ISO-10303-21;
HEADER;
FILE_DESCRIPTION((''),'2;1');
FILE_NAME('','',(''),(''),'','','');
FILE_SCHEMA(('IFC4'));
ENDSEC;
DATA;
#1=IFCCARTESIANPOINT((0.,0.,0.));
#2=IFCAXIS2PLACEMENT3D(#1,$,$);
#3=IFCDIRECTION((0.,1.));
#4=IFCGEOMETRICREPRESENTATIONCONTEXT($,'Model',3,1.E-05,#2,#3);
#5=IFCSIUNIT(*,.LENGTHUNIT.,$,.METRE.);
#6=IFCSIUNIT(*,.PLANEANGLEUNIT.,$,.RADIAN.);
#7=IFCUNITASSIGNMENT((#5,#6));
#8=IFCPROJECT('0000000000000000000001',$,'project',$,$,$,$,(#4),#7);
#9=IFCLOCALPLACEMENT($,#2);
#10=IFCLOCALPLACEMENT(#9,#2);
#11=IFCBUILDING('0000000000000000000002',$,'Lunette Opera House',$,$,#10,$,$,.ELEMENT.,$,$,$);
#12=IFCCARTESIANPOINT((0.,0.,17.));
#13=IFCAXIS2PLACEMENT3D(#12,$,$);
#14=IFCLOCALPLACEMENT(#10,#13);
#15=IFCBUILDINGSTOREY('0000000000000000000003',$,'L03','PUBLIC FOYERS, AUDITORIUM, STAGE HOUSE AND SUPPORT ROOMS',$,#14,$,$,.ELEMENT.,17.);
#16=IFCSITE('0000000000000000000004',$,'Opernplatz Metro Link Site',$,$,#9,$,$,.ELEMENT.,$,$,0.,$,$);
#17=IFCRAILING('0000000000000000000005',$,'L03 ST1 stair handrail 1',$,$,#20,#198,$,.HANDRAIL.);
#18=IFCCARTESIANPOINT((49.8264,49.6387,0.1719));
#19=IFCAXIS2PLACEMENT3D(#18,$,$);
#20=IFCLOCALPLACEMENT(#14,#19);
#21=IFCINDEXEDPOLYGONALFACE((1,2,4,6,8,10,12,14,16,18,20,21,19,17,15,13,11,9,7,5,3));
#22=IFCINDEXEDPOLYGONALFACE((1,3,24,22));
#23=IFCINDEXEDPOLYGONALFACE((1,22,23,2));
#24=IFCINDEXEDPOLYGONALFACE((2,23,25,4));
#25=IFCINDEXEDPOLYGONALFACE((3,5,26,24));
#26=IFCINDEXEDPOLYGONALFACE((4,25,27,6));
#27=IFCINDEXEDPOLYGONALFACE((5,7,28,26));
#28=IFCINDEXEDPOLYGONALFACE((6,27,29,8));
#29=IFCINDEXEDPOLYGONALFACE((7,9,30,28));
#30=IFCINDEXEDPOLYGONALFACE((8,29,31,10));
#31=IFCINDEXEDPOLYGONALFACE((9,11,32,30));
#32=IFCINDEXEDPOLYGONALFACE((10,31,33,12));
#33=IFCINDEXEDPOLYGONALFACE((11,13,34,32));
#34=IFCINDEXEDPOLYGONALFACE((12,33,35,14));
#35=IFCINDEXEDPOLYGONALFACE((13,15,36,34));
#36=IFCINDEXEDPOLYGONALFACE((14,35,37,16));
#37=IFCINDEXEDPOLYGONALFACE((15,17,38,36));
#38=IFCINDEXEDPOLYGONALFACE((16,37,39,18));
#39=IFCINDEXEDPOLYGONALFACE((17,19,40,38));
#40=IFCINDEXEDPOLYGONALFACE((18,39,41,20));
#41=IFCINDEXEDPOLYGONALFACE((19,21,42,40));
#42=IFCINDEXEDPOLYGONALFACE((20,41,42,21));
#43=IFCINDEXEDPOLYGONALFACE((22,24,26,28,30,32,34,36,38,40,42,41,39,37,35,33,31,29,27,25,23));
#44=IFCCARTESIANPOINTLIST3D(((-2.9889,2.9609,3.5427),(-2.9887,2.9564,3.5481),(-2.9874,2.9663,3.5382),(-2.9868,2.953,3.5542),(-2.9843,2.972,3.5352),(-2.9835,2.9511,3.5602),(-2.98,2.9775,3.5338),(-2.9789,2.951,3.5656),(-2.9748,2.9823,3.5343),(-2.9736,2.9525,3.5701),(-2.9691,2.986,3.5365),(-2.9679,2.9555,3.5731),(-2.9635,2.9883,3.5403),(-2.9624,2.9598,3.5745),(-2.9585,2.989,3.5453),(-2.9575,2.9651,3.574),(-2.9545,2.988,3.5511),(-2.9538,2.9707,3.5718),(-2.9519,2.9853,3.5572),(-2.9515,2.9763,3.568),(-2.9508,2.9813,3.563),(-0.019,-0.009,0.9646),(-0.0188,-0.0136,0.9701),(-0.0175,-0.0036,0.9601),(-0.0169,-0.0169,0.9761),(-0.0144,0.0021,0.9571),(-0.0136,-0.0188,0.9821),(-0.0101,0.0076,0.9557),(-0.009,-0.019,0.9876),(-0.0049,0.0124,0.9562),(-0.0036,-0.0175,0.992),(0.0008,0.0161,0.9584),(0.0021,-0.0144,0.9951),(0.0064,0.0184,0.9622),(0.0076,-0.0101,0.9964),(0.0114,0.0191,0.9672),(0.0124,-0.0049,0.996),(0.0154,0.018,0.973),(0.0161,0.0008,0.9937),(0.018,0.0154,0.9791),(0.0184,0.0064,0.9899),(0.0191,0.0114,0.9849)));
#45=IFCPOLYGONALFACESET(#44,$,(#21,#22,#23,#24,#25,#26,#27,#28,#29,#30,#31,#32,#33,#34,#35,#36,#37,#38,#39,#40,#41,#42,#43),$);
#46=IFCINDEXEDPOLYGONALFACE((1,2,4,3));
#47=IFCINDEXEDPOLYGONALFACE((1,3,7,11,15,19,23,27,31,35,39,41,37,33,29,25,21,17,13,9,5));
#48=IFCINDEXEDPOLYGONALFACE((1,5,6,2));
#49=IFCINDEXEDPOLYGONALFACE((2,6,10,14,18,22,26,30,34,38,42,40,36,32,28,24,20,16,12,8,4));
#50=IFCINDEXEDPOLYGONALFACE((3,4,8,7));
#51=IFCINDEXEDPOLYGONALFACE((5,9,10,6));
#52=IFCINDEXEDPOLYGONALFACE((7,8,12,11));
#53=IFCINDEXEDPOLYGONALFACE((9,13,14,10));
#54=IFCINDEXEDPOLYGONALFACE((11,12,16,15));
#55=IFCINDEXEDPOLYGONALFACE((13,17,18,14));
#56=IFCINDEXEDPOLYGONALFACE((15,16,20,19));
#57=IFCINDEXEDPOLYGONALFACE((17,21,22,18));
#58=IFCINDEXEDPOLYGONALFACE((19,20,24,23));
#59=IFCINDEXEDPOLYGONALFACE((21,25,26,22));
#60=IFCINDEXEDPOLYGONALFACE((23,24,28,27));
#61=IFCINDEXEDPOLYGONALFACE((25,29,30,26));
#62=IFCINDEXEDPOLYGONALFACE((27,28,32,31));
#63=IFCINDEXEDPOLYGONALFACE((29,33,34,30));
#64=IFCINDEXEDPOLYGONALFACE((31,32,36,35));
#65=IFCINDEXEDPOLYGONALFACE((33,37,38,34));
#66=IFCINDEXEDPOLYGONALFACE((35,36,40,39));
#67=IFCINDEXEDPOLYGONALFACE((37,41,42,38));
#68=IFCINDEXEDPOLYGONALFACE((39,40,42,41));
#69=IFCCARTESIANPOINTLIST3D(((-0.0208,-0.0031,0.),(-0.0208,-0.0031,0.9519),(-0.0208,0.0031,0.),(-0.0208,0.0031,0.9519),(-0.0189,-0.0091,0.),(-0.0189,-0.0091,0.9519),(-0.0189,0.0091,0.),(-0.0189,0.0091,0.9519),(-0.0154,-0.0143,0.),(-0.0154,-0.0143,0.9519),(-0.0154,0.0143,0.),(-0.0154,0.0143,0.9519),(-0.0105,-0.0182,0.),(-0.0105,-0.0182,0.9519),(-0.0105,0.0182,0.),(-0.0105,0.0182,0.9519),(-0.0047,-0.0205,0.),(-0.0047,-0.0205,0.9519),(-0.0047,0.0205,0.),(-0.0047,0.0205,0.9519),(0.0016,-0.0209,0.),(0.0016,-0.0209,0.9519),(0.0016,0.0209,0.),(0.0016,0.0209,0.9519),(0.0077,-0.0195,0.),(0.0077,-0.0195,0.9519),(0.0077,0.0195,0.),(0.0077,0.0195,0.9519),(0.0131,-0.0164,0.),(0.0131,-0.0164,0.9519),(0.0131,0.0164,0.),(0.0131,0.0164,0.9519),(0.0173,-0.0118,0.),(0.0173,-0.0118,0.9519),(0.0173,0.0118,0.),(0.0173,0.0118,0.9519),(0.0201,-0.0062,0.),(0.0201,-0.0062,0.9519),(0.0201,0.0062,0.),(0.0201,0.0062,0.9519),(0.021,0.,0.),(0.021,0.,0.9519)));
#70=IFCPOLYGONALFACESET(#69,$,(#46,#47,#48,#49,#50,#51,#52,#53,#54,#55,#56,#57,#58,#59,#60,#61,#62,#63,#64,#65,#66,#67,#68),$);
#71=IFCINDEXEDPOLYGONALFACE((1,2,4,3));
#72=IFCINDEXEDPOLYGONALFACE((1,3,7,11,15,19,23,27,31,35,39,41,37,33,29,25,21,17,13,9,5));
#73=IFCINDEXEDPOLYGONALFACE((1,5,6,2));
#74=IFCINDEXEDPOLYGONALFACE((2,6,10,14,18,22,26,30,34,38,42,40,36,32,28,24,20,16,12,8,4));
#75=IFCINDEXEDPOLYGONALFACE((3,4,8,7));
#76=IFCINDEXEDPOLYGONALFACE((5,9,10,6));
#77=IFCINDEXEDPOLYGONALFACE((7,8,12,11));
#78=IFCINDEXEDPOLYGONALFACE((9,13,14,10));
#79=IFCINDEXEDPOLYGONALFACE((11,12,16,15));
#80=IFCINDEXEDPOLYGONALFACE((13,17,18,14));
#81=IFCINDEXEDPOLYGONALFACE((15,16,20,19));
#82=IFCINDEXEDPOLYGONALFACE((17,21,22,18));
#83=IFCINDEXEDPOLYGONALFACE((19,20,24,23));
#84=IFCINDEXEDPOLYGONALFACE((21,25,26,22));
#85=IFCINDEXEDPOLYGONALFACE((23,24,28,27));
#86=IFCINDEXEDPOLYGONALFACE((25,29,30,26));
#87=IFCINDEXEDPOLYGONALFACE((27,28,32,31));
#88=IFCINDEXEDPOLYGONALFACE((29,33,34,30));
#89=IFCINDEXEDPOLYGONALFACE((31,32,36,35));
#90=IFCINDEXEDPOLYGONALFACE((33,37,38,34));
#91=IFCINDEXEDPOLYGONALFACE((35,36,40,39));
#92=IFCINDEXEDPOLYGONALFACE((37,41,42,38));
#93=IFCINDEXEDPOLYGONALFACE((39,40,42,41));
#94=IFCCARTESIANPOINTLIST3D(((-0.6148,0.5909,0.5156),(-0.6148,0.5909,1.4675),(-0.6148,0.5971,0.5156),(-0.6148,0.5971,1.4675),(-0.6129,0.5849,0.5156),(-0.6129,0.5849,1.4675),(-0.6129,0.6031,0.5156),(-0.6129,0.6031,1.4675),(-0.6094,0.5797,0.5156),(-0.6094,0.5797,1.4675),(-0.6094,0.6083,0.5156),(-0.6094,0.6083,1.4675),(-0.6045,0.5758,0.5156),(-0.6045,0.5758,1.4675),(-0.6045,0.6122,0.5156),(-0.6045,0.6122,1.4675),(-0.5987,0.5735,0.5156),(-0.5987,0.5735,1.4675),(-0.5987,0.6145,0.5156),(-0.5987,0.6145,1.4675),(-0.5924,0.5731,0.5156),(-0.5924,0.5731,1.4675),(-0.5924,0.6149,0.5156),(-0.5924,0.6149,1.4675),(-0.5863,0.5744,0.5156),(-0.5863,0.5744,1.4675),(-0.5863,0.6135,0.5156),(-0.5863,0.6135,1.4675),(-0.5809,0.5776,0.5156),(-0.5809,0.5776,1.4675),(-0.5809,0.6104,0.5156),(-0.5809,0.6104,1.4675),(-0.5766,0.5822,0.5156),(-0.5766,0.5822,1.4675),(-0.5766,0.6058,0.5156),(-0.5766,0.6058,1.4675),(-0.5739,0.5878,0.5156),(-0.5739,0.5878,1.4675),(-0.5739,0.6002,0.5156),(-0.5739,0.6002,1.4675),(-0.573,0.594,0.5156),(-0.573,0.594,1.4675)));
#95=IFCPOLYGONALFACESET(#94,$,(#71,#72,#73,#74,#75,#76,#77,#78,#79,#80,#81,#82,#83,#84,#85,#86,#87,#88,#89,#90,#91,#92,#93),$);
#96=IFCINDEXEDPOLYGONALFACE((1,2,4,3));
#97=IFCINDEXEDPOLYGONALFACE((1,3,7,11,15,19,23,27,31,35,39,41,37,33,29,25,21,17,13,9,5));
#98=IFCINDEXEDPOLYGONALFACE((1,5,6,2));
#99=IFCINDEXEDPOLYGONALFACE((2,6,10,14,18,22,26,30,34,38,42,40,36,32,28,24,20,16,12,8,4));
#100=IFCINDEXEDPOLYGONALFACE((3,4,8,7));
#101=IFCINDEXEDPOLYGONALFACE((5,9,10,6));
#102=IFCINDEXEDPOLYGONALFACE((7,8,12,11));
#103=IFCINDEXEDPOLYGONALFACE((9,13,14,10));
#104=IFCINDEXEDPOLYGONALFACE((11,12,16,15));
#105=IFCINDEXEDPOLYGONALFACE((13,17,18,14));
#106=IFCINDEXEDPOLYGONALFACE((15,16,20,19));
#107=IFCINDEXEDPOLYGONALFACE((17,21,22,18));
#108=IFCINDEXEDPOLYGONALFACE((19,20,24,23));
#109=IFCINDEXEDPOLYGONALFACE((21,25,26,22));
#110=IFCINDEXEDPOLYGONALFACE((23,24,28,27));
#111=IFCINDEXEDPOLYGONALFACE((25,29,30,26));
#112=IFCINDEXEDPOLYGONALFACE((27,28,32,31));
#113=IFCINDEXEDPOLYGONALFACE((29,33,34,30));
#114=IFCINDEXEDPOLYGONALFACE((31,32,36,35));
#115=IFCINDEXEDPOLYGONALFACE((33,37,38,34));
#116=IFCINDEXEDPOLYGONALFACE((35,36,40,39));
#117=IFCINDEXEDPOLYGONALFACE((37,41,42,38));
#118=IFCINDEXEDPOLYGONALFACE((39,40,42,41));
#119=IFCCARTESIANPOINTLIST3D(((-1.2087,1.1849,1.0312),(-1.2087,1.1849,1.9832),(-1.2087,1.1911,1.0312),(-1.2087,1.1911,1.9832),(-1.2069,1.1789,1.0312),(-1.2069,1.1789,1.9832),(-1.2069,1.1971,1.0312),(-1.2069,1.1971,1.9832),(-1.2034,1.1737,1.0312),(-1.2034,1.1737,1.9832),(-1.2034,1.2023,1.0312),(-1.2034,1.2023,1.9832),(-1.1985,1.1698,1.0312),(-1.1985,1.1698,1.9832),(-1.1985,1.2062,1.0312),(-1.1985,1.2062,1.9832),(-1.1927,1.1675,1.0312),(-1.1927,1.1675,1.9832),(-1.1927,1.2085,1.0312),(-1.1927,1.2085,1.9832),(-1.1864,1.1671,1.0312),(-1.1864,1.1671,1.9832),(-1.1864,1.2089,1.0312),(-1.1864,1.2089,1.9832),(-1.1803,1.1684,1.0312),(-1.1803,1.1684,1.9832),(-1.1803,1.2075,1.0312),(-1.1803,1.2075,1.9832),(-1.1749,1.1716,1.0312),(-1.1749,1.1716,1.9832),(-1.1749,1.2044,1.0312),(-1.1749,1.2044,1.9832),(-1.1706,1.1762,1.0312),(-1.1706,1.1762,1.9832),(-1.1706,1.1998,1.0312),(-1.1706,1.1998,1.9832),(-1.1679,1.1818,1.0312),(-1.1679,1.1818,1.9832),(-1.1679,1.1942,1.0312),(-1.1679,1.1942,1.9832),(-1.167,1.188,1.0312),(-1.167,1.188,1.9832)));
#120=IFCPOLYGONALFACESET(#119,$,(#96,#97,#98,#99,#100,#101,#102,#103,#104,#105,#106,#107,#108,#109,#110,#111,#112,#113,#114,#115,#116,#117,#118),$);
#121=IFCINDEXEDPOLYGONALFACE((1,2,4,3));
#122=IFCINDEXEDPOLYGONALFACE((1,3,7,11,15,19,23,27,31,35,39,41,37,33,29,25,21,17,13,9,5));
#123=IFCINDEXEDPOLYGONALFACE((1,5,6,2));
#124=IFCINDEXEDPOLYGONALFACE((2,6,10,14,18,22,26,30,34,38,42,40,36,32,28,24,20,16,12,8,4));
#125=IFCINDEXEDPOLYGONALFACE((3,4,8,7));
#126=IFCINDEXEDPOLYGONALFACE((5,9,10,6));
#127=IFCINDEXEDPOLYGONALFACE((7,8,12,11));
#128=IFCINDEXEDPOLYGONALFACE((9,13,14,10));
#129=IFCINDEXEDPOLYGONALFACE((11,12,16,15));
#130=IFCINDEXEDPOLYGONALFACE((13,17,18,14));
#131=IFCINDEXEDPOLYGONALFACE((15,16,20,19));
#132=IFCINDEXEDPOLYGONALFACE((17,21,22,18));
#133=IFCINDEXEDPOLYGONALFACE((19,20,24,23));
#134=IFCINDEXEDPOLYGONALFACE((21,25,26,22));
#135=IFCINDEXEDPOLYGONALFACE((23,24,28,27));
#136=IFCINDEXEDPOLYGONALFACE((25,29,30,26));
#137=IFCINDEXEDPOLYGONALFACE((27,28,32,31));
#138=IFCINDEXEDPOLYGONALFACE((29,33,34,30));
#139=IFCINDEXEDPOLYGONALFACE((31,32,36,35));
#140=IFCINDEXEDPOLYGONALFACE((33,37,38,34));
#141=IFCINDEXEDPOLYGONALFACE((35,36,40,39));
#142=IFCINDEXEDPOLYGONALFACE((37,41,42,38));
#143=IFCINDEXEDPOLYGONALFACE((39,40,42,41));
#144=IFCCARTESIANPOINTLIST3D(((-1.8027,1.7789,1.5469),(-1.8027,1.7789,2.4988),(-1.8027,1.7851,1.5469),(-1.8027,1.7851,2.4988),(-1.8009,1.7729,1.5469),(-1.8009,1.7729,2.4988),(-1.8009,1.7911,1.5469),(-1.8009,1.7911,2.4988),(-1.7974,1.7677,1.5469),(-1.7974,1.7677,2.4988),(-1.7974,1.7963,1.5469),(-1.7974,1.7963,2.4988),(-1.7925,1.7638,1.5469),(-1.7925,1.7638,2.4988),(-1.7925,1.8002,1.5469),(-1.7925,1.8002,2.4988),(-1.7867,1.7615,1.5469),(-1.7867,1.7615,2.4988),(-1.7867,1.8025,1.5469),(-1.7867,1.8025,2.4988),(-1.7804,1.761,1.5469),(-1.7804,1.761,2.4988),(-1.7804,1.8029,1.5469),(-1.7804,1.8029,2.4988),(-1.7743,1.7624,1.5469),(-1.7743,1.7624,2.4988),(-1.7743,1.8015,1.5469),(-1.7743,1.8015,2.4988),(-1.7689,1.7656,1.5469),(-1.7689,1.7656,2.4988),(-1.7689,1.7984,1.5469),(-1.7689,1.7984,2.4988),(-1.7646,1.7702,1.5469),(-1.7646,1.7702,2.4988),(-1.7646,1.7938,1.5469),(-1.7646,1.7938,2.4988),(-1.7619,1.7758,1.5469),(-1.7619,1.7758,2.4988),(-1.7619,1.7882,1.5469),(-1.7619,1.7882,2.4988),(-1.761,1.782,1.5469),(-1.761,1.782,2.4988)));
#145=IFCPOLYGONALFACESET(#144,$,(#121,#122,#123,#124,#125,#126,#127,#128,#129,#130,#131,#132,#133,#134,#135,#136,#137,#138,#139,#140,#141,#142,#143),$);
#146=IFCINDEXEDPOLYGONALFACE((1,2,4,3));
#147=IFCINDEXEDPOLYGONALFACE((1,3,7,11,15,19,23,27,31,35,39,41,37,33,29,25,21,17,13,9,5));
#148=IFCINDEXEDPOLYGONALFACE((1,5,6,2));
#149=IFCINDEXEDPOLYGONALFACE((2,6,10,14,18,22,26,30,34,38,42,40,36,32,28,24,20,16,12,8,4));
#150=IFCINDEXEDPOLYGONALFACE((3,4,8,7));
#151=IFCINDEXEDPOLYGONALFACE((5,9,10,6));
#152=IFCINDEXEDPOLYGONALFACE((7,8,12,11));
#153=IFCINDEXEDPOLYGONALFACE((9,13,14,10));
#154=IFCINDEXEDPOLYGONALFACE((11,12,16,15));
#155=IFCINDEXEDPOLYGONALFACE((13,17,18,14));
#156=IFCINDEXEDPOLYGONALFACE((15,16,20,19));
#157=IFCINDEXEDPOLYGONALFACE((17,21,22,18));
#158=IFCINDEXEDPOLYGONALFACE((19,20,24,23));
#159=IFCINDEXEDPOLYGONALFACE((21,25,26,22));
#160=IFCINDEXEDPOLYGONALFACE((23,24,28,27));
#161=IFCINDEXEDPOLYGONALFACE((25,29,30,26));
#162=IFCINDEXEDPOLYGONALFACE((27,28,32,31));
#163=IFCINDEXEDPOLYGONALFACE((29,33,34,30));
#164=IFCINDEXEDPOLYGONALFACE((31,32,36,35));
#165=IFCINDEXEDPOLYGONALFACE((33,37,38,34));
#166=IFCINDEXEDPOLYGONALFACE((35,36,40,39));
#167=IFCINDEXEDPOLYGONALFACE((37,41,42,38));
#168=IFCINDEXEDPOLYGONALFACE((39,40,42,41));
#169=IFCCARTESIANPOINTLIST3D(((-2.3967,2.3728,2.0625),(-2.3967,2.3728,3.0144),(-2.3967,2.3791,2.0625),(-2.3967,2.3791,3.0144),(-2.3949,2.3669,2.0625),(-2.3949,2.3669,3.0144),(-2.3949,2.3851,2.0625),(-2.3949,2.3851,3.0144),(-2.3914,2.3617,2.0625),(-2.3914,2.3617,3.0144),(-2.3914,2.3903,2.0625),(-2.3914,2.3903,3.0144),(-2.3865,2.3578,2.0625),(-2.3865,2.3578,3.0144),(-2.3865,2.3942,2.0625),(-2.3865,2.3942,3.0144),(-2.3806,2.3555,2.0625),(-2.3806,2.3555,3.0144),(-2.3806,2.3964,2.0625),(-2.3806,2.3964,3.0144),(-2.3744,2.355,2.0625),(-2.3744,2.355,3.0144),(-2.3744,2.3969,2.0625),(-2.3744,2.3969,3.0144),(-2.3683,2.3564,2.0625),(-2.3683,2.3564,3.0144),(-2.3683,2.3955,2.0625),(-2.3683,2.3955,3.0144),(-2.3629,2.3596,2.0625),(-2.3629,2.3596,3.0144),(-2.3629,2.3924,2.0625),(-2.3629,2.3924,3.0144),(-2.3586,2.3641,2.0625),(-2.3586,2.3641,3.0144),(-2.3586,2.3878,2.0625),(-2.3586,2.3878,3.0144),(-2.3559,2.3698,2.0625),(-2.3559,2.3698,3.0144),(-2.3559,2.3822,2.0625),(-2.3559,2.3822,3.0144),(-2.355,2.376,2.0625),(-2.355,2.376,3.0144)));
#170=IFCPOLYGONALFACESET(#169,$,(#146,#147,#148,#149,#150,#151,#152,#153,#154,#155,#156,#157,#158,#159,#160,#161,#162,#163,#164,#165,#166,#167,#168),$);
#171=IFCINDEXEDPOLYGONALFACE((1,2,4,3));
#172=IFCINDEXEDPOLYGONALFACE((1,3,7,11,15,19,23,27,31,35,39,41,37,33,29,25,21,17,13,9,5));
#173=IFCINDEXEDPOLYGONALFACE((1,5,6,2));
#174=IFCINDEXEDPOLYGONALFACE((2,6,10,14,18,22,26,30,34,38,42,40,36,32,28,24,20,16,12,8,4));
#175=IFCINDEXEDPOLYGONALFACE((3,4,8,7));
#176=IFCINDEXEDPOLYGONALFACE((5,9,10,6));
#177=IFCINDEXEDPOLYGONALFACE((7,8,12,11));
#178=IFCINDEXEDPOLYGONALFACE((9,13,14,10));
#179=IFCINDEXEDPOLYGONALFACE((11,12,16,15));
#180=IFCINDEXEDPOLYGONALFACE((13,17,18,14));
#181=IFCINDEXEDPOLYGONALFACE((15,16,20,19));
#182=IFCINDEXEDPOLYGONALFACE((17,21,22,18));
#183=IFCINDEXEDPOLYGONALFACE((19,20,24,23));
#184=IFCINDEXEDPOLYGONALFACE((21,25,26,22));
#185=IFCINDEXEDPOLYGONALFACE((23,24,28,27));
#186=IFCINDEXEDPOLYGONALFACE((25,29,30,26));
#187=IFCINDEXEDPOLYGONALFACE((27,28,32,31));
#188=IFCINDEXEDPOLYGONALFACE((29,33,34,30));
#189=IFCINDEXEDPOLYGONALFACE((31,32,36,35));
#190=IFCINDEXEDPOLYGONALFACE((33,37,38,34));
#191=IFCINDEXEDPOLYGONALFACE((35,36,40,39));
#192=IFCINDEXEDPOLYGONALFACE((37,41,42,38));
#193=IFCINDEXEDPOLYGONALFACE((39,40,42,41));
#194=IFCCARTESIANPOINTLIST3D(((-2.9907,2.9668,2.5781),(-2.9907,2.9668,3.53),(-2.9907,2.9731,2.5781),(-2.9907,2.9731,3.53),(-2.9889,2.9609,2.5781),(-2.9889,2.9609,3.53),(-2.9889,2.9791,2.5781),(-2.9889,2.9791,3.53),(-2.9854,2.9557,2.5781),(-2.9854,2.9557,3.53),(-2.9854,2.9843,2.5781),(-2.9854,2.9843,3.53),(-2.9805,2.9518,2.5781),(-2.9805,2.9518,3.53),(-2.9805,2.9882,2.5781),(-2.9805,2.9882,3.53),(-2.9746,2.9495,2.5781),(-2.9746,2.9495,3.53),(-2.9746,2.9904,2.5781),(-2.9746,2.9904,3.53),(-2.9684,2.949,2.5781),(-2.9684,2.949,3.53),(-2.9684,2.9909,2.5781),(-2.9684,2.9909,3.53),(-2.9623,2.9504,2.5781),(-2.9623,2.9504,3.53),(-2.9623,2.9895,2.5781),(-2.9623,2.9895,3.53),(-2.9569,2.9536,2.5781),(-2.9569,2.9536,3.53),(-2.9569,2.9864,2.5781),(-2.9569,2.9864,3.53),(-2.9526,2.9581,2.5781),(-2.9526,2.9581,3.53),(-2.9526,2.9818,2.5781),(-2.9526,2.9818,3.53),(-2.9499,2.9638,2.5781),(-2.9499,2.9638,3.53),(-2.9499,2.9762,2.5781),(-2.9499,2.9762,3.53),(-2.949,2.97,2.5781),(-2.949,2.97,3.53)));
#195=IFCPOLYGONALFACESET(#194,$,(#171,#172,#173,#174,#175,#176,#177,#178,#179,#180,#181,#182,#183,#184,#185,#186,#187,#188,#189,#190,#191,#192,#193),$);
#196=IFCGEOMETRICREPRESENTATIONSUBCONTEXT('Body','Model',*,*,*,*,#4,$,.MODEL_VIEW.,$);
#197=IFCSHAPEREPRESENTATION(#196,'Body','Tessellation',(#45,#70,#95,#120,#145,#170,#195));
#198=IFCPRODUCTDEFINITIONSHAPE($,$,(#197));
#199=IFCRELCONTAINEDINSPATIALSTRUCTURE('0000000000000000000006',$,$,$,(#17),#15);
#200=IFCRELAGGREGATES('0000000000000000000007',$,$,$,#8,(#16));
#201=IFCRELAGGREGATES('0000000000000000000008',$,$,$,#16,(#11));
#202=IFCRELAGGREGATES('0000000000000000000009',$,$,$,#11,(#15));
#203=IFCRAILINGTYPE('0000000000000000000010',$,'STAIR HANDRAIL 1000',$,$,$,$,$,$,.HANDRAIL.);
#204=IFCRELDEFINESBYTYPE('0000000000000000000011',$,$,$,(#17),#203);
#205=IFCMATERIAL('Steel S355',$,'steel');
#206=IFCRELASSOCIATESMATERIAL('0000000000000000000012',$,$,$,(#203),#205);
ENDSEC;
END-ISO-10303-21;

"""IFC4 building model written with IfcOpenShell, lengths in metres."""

from ifc_helpers import new_model, si_unit, direction, frame, origin, origin_2d, place, context, subcontext, project, spatial, circle, extrude, material, type_object, element, save


model = new_model("IFC4")

# Units and contexts
model_context = context("Model", 3, precision=1e-05, world=origin(), true_north=direction((0.0, 1.0)))
body_context = subcontext(model_context, "Body", "Model", "MODEL_VIEW")
ifc_project = project(units=[si_unit("LENGTHUNIT", "METRE"), si_unit("PLANEANGLEUNIT", "RADIAN")], contexts=[model_context])

# Site, building, storey
site_placement = place(None, origin())
site = spatial("IfcSite", under=ifc_project, at=site_placement, Name="Opernplatz Metro Link Site", CompositionType="ELEMENT", RefElevation=0.0)
building_placement = place(site_placement, origin())
building = spatial("IfcBuilding", under=site, at=building_placement, Name="Lunette Opera House", CompositionType="ELEMENT")
storey_placement = place(building_placement, frame((0.0, 0.0, 17.0)))
storey = spatial("IfcBuildingStorey", under=building, at=storey_placement, Name="L03", Description="PUBLIC FOYERS, AUDITORIUM, STAGE HOUSE AND SUPPORT ROOMS", CompositionType="ELEMENT", Elevation=17.0)

# Railing
ifc_material_1 = material(Name="Steel S355", Category="steel")
railing_type_1 = type_object("IfcRailingType", Name="STAIR HANDRAIL 1000", PredefinedType="HANDRAIL", material=ifc_material_1)
railing_1_placement = place(storey_placement, frame((49.8264, 49.6387, 0.1719)))
element("IfcRailing", 1, at=railing_1_placement, inside=storey, type_object=railing_type_1, Name="L03 ST1 stair handrail 1", PredefinedType="HANDRAIL", context=body_context, shape_type="SweptSolid", body=[
    extrude(circle(Radius=0.0239, at=origin_2d()), frame((0.0, 0.0, 0.9761), z_axis=(-0.602635, 0.602635, 0.523126), x_axis=(-0.707107, -0.707107, 0.0)), (0.0, 0.0, 1.0), 4.9282),
    extrude(circle(Radius=0.021, at=origin_2d()), origin(), (0.0, 0.0, 1.0), 0.9519),
    extrude(circle(Radius=0.021, at=origin_2d()), frame((-0.594, 0.594, 0.5156)), (0.0, 0.0, 1.0), 0.9519),
    extrude(circle(Radius=0.021, at=origin_2d()), frame((-1.188, 1.188, 1.0312)), (0.0, 0.0, 1.0), 0.9519),
    extrude(circle(Radius=0.021, at=origin_2d()), frame((-1.782, 1.782, 1.5469)), (0.0, 0.0, 1.0), 0.9519),
    extrude(circle(Radius=0.021, at=origin_2d()), frame((-2.376, 2.376, 2.0625)), (0.0, 0.0, 1.0), 0.9519),
    extrude(circle(Radius=0.021, at=origin_2d()), frame((-2.97, 2.97, 2.5781)), (0.0, 0.0, 1.0), 0.9519),
])

save(model, "model.ifc")
